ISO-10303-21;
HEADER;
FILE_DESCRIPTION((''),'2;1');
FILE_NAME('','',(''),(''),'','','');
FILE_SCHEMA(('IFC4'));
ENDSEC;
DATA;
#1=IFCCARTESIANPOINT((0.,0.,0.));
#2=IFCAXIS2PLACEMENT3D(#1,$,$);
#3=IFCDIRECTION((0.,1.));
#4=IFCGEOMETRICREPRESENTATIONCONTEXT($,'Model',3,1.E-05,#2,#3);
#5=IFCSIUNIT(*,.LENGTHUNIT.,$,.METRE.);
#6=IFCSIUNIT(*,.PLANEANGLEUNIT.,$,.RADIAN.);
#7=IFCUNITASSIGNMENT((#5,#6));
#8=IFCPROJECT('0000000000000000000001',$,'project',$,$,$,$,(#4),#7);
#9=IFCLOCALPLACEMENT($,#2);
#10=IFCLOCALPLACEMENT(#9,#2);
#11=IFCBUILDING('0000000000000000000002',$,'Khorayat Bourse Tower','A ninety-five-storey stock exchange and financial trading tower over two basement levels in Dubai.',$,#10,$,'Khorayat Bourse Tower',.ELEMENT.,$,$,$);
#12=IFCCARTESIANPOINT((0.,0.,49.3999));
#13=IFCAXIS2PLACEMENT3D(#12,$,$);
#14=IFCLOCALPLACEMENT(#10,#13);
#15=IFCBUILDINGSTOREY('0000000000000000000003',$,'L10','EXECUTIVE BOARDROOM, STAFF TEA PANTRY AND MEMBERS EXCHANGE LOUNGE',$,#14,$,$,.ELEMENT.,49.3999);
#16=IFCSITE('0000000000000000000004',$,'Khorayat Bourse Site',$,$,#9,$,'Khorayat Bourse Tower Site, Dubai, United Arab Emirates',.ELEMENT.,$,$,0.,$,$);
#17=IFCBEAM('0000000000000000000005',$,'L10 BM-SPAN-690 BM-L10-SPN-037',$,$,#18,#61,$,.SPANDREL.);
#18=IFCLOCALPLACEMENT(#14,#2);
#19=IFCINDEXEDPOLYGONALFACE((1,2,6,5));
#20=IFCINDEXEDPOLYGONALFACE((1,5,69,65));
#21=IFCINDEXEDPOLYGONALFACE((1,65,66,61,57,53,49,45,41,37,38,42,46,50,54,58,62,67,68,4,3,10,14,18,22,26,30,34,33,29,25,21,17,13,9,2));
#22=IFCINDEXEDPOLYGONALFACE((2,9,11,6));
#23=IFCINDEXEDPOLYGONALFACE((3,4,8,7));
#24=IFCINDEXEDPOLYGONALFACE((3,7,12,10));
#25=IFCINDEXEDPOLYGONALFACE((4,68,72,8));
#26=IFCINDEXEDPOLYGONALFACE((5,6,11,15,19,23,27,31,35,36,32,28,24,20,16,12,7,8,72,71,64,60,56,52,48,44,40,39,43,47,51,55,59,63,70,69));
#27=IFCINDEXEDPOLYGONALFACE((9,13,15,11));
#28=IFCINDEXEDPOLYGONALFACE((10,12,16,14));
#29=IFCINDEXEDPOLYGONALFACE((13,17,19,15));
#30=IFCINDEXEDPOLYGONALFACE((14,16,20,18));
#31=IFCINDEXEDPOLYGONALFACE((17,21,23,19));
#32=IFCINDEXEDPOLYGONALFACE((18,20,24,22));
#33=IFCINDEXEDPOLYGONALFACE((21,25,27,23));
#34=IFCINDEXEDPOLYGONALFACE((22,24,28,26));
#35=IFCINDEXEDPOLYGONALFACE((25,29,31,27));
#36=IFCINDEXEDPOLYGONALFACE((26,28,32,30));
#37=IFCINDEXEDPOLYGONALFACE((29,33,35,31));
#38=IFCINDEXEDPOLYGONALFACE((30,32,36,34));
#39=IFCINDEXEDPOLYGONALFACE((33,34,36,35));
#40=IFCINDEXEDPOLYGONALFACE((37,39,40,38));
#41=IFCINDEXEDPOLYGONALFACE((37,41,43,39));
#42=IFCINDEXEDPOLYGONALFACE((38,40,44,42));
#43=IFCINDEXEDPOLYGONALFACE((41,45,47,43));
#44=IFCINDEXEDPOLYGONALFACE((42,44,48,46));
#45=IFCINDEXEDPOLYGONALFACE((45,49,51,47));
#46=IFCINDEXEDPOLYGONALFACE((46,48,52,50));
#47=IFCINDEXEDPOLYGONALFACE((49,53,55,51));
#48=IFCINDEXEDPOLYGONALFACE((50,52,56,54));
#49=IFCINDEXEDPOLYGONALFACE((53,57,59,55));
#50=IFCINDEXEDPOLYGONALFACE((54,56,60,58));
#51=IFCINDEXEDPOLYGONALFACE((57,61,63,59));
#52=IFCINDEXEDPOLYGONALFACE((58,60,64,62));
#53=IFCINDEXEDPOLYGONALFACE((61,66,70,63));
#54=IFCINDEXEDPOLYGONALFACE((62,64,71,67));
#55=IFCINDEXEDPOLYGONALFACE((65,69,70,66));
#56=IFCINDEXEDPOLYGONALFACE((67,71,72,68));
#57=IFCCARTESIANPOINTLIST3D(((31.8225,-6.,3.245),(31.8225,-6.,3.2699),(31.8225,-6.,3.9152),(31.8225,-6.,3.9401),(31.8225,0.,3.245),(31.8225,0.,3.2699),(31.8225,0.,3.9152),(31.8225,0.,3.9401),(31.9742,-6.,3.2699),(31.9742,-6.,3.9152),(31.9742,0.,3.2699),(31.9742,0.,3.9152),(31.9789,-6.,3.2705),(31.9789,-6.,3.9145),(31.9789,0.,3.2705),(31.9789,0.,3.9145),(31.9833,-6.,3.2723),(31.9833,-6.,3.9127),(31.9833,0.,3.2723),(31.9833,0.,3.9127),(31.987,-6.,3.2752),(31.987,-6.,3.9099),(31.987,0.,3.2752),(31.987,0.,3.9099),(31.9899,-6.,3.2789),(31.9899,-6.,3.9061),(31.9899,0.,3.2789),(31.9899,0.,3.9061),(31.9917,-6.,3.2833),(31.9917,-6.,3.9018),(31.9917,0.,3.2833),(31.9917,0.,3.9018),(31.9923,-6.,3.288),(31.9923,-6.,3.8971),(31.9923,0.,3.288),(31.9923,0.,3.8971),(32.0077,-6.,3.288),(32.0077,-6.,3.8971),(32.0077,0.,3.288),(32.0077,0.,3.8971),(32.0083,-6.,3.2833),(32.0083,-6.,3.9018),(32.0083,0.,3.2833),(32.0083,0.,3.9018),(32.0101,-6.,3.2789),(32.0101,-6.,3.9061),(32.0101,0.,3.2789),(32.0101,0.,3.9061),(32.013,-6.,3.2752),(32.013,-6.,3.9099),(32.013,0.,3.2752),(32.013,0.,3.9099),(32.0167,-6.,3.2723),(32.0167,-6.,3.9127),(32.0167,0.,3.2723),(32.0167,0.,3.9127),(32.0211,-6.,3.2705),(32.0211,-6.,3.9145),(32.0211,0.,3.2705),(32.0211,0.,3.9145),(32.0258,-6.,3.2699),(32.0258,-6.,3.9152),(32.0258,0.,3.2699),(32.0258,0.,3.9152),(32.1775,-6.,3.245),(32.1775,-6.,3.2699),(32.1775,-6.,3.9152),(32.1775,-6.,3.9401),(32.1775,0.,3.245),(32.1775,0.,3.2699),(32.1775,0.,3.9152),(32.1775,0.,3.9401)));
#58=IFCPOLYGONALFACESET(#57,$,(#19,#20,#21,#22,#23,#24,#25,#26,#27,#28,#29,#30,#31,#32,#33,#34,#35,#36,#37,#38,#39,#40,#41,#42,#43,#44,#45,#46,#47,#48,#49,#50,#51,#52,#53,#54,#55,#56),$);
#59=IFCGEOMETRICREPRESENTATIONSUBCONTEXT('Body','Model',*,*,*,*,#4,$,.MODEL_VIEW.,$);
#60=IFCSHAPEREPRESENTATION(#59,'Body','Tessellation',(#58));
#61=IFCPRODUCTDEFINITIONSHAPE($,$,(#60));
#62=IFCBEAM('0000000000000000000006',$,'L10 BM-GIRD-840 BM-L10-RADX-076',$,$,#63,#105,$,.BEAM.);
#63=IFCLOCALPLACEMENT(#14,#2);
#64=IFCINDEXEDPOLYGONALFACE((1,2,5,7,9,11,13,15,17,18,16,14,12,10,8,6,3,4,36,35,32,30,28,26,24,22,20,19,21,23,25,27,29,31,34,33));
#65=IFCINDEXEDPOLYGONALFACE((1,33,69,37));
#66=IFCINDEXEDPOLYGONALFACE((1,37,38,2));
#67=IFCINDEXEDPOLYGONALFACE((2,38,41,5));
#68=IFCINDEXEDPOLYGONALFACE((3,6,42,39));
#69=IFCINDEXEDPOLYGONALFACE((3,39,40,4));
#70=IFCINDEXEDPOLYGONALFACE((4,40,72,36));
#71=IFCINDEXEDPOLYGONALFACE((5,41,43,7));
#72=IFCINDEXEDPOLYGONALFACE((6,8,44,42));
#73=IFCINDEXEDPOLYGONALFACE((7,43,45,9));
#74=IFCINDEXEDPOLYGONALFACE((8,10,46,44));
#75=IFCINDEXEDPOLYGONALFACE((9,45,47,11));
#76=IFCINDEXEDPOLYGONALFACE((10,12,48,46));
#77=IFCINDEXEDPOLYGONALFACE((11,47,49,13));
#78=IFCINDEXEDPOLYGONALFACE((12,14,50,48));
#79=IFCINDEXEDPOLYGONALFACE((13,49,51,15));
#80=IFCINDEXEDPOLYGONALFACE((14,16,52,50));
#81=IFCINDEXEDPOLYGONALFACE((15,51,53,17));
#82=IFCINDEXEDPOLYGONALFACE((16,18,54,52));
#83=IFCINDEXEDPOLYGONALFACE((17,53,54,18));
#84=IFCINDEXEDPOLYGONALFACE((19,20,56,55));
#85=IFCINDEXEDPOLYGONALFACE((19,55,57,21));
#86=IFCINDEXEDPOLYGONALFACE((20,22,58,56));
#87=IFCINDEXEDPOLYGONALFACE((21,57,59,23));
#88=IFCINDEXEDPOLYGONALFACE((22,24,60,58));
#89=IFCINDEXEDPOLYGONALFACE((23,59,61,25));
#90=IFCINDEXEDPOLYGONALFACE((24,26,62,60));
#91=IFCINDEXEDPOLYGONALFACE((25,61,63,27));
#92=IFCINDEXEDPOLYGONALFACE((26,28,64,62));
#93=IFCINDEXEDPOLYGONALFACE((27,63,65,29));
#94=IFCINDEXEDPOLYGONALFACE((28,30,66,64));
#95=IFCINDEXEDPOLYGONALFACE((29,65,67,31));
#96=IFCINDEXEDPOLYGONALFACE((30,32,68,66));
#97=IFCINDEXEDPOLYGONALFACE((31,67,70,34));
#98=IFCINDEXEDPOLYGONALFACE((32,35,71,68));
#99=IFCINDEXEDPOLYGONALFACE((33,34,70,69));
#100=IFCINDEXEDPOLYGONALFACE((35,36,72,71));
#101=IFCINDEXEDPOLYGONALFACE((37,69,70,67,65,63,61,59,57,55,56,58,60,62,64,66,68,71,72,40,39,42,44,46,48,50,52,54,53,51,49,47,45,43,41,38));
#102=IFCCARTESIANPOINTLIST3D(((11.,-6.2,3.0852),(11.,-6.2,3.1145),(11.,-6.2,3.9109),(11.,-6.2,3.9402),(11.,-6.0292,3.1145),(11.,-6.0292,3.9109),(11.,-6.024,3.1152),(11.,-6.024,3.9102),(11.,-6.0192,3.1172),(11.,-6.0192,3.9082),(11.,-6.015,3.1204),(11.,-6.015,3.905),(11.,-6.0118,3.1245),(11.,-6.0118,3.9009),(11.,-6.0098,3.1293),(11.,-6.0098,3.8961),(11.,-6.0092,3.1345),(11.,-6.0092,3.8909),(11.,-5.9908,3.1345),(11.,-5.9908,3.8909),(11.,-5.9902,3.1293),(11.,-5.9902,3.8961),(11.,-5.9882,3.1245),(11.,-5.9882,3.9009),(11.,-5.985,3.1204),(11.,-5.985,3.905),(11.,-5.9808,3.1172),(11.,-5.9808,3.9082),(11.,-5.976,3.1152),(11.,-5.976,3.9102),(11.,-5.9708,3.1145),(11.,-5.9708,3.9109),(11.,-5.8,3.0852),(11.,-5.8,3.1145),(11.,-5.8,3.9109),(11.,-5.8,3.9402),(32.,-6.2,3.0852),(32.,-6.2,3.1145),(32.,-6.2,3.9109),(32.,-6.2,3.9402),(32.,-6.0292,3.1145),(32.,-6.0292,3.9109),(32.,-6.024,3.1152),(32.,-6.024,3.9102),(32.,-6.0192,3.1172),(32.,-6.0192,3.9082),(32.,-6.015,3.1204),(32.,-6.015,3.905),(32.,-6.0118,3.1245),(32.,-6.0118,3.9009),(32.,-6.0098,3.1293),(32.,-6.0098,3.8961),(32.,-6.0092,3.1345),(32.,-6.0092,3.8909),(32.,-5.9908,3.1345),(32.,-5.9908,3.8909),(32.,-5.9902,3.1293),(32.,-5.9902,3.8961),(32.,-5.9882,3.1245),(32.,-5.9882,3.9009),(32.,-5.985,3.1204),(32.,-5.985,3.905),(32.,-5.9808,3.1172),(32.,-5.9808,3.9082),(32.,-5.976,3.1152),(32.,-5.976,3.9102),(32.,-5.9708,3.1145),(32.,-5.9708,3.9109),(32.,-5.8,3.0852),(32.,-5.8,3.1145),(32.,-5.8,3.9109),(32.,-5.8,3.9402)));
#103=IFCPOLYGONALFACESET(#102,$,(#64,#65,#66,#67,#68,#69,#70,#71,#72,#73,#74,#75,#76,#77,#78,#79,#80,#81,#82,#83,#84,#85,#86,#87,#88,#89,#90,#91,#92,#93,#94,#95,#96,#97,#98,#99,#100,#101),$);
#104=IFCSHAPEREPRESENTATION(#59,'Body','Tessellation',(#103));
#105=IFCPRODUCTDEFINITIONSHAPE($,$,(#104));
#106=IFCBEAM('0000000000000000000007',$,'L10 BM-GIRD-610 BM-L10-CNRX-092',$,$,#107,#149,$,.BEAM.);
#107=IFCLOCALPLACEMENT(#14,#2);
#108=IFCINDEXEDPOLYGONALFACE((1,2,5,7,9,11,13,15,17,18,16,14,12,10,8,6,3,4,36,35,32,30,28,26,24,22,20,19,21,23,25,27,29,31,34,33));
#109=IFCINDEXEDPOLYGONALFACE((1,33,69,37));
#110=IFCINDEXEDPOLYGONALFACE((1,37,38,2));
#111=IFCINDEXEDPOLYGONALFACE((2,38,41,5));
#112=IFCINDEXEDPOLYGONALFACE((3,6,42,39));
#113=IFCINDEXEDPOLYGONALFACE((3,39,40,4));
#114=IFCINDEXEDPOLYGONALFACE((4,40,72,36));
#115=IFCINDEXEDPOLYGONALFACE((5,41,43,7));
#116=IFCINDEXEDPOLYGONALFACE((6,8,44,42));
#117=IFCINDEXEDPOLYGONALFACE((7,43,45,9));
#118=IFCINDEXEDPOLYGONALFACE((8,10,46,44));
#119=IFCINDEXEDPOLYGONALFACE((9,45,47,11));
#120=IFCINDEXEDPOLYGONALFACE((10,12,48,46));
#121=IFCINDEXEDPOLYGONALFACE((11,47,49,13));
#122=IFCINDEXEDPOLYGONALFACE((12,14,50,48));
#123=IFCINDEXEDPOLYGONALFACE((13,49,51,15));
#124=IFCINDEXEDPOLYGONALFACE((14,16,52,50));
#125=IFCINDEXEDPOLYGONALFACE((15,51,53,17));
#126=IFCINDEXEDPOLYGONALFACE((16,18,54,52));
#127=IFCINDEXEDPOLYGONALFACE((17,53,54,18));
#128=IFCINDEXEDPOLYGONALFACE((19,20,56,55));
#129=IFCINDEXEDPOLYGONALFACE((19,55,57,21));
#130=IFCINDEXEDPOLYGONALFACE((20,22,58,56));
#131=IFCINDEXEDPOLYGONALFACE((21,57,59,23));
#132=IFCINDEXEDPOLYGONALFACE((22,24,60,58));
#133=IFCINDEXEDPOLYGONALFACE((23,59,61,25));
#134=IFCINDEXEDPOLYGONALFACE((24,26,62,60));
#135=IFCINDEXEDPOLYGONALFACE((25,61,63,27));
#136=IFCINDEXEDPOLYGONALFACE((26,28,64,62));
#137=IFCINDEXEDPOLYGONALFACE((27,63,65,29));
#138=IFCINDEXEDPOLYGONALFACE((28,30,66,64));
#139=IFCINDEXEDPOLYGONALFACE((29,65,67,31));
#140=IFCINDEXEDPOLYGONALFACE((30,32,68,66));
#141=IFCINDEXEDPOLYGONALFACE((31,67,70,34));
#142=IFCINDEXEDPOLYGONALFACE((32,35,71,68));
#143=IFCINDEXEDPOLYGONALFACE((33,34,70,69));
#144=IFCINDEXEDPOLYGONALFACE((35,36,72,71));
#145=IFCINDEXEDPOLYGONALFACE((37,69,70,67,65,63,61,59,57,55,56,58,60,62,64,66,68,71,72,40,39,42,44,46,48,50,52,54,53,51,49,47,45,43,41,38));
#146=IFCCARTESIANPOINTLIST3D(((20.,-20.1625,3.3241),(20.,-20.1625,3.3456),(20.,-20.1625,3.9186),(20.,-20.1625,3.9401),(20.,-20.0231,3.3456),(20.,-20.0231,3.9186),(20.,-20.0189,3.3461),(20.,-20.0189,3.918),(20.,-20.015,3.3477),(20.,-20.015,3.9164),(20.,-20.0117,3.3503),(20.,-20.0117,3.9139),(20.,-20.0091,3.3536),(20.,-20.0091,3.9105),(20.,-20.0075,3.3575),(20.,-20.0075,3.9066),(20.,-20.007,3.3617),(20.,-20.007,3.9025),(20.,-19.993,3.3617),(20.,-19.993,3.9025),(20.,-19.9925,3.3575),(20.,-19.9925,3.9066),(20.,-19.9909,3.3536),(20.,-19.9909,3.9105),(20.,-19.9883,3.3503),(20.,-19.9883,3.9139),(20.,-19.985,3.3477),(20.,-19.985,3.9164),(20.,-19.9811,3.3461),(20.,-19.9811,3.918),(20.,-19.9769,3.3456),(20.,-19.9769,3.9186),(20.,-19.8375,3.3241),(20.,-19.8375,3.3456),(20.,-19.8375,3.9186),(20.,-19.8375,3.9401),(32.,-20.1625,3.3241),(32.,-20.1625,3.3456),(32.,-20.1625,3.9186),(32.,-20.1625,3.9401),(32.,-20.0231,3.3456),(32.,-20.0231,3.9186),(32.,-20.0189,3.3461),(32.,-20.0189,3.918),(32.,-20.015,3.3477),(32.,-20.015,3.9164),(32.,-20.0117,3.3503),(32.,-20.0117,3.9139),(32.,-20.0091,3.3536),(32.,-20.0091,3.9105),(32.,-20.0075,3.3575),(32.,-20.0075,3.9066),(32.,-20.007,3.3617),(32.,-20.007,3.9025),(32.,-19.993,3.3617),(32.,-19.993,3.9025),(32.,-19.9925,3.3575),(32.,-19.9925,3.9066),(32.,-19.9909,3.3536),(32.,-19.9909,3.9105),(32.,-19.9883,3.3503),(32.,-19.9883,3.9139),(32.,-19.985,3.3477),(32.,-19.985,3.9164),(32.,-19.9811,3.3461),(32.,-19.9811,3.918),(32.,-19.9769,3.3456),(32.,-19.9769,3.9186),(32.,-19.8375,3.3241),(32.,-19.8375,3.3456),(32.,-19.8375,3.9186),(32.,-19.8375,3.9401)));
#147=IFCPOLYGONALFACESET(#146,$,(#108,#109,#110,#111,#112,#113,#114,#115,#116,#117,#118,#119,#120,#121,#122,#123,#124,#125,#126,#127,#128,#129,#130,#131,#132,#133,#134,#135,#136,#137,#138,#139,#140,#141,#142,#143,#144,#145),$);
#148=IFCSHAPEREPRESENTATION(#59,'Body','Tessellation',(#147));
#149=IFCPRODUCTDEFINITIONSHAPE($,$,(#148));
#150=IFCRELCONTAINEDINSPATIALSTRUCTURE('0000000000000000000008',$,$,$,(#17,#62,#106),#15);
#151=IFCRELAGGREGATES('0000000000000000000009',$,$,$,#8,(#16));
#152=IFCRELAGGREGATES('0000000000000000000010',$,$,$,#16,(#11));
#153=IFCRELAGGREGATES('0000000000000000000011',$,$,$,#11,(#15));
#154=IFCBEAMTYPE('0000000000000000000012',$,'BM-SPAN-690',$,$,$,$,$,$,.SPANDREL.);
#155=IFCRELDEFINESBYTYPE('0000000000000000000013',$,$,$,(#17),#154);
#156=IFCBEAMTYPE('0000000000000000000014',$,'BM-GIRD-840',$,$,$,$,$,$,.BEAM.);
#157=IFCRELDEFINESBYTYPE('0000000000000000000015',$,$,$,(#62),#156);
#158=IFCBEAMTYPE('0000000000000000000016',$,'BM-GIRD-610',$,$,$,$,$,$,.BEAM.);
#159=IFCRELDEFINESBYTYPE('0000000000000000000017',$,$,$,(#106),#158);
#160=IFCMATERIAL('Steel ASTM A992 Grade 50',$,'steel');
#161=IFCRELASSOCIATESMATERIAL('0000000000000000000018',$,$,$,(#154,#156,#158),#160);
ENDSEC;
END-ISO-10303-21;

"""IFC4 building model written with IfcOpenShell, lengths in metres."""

from ifc_helpers import new_model, si_unit, direction, frame, origin, origin_2d, place, context, subcontext, project, spatial, i_section, extrude, source, transform, mapped, material, material_profile, profile_set, type_object, element, save


model = new_model("IFC4")

# Units and contexts
model_context = context("Model", 3, precision=1e-05, world=origin(), true_north=direction((0.0, 1.0)))
body_context = subcontext(model_context, "Body", "Model", "MODEL_VIEW")
ifc_project = project(units=[si_unit("LENGTHUNIT", "METRE"), si_unit("PLANEANGLEUNIT", "RADIAN")], contexts=[model_context])

# Site, building, storey
site_placement = place(None, origin())
site = spatial("IfcSite", under=ifc_project, at=site_placement, Name="Khorayat Bourse Site", LongName="Khorayat Bourse Tower Site, Dubai, United Arab Emirates", CompositionType="ELEMENT", RefElevation=0.0)
building_placement = place(site_placement, origin())
building = spatial("IfcBuilding", under=site, at=building_placement, Name="Khorayat Bourse Tower", Description="A ninety-five-storey stock exchange and financial trading tower over two basement levels in Dubai.", LongName="Khorayat Bourse Tower", CompositionType="ELEMENT")
storey_placement = place(building_placement, frame((0.0, 0.0, 49.3999)))
storey = spatial("IfcBuildingStorey", under=building, at=storey_placement, Name="L10", Description="EXECUTIVE BOARDROOM, STAFF TEA PANTRY AND MEMBERS EXCHANGE LOUNGE", CompositionType="ELEMENT", Elevation=49.3999)

# Beams
ifc_material_1 = material(Name="Steel ASTM A992 Grade 50", Category="steel")
ifc_material_profile_1 = material_profile(ifc_material_1, i_section(OverallWidth=0.355, OverallDepth=0.6951, WebThickness=0.0154, FlangeThickness=0.0249, FilletRadius=0.0181, at=origin_2d()), Name="W690X217")
ifc_profile_set_1 = profile_set([ifc_material_profile_1], Name="Steel ASTM A992 Grade 50")
beam_type_1 = type_object("IfcBeamType", Name="BM-SPAN-690", PredefinedType="SPANDREL", material=ifc_profile_set_1)
shared_shape_1 = source(origin(), body_context, "Body", "SweptSolid", [
    extrude(i_section(OverallWidth=0.355, OverallDepth=0.6951, WebThickness=0.0154, FlangeThickness=0.0249, FilletRadius=0.0181, at=origin_2d()), origin(), (0.0, 0.0, 1.0), 6.0),
])
beam_1_placement = place(storey_placement, frame((32.0, -6.0, 3.5925), z_axis=(0.0, 1.0, 0.0), x_axis=(-1.0, 0.0, 0.0)))
element("IfcBeam", 1, at=beam_1_placement, inside=storey, type_object=beam_type_1, Name="L10 BM-SPAN-690 BM-L10-SPN-037", PredefinedType="SPANDREL", context=body_context, shape_type="MappedRepresentation", body=[
    mapped(shared_shape_1, transform((0.0, 0.0, 0.0), scale=1.0)),
])
ifc_material_profile_2 = material_profile(ifc_material_1, i_section(OverallWidth=0.3999, OverallDepth=0.855, WebThickness=0.0183, FlangeThickness=0.0293, FilletRadius=0.02, at=origin_2d()), Name="W840X299")
ifc_profile_set_2 = profile_set([ifc_material_profile_2], Name="Steel ASTM A992 Grade 50")
beam_type_2 = type_object("IfcBeamType", Name="BM-GIRD-840", PredefinedType="BEAM", material=ifc_profile_set_2)
shared_shape_2 = source(origin(), body_context, "Body", "SweptSolid", [
    extrude(i_section(OverallWidth=0.3999, OverallDepth=0.855, WebThickness=0.0183, FlangeThickness=0.0293, FilletRadius=0.02, at=origin_2d()), origin(), (0.0, 0.0, 1.0), 21.0),
])
beam_2_placement = place(storey_placement, frame((11.0, -6.0, 3.5127), z_axis=(1.0, 0.0, 0.0), x_axis=(0.0, 1.0, 0.0)))
element("IfcBeam", 2, at=beam_2_placement, inside=storey, type_object=beam_type_2, Name="L10 BM-GIRD-840 BM-L10-RADX-076", PredefinedType="BEAM", context=body_context, shape_type="MappedRepresentation", body=[
    mapped(shared_shape_2, transform((0.0, 0.0, 0.0), scale=1.0)),
])
ifc_material_profile_3 = material_profile(ifc_material_1, i_section(OverallWidth=0.325, OverallDepth=0.616, WebThickness=0.0139, FlangeThickness=0.0215, FilletRadius=0.0161, at=origin_2d()), Name="W610X174")
ifc_profile_set_3 = profile_set([ifc_material_profile_3], Name="Steel ASTM A992 Grade 50")
beam_type_3 = type_object("IfcBeamType", Name="BM-GIRD-610", PredefinedType="BEAM", material=ifc_profile_set_3)
shared_shape_3 = source(origin(), body_context, "Body", "SweptSolid", [
    extrude(i_section(OverallWidth=0.325, OverallDepth=0.616, WebThickness=0.0139, FlangeThickness=0.0215, FilletRadius=0.0161, at=origin_2d()), origin(), (0.0, 0.0, 1.0), 12.0),
])
beam_3_placement = place(storey_placement, frame((20.0, -20.0, 3.6321), z_axis=(1.0, 0.0, 0.0), x_axis=(0.0, 1.0, 0.0)))
element("IfcBeam", 3, at=beam_3_placement, inside=storey, type_object=beam_type_3, Name="L10 BM-GIRD-610 BM-L10-CNRX-092", PredefinedType="BEAM", context=body_context, shape_type="MappedRepresentation", body=[
    mapped(shared_shape_3, transform((0.0, 0.0, 0.0), scale=1.0)),
])

save(model, "model.ifc")
